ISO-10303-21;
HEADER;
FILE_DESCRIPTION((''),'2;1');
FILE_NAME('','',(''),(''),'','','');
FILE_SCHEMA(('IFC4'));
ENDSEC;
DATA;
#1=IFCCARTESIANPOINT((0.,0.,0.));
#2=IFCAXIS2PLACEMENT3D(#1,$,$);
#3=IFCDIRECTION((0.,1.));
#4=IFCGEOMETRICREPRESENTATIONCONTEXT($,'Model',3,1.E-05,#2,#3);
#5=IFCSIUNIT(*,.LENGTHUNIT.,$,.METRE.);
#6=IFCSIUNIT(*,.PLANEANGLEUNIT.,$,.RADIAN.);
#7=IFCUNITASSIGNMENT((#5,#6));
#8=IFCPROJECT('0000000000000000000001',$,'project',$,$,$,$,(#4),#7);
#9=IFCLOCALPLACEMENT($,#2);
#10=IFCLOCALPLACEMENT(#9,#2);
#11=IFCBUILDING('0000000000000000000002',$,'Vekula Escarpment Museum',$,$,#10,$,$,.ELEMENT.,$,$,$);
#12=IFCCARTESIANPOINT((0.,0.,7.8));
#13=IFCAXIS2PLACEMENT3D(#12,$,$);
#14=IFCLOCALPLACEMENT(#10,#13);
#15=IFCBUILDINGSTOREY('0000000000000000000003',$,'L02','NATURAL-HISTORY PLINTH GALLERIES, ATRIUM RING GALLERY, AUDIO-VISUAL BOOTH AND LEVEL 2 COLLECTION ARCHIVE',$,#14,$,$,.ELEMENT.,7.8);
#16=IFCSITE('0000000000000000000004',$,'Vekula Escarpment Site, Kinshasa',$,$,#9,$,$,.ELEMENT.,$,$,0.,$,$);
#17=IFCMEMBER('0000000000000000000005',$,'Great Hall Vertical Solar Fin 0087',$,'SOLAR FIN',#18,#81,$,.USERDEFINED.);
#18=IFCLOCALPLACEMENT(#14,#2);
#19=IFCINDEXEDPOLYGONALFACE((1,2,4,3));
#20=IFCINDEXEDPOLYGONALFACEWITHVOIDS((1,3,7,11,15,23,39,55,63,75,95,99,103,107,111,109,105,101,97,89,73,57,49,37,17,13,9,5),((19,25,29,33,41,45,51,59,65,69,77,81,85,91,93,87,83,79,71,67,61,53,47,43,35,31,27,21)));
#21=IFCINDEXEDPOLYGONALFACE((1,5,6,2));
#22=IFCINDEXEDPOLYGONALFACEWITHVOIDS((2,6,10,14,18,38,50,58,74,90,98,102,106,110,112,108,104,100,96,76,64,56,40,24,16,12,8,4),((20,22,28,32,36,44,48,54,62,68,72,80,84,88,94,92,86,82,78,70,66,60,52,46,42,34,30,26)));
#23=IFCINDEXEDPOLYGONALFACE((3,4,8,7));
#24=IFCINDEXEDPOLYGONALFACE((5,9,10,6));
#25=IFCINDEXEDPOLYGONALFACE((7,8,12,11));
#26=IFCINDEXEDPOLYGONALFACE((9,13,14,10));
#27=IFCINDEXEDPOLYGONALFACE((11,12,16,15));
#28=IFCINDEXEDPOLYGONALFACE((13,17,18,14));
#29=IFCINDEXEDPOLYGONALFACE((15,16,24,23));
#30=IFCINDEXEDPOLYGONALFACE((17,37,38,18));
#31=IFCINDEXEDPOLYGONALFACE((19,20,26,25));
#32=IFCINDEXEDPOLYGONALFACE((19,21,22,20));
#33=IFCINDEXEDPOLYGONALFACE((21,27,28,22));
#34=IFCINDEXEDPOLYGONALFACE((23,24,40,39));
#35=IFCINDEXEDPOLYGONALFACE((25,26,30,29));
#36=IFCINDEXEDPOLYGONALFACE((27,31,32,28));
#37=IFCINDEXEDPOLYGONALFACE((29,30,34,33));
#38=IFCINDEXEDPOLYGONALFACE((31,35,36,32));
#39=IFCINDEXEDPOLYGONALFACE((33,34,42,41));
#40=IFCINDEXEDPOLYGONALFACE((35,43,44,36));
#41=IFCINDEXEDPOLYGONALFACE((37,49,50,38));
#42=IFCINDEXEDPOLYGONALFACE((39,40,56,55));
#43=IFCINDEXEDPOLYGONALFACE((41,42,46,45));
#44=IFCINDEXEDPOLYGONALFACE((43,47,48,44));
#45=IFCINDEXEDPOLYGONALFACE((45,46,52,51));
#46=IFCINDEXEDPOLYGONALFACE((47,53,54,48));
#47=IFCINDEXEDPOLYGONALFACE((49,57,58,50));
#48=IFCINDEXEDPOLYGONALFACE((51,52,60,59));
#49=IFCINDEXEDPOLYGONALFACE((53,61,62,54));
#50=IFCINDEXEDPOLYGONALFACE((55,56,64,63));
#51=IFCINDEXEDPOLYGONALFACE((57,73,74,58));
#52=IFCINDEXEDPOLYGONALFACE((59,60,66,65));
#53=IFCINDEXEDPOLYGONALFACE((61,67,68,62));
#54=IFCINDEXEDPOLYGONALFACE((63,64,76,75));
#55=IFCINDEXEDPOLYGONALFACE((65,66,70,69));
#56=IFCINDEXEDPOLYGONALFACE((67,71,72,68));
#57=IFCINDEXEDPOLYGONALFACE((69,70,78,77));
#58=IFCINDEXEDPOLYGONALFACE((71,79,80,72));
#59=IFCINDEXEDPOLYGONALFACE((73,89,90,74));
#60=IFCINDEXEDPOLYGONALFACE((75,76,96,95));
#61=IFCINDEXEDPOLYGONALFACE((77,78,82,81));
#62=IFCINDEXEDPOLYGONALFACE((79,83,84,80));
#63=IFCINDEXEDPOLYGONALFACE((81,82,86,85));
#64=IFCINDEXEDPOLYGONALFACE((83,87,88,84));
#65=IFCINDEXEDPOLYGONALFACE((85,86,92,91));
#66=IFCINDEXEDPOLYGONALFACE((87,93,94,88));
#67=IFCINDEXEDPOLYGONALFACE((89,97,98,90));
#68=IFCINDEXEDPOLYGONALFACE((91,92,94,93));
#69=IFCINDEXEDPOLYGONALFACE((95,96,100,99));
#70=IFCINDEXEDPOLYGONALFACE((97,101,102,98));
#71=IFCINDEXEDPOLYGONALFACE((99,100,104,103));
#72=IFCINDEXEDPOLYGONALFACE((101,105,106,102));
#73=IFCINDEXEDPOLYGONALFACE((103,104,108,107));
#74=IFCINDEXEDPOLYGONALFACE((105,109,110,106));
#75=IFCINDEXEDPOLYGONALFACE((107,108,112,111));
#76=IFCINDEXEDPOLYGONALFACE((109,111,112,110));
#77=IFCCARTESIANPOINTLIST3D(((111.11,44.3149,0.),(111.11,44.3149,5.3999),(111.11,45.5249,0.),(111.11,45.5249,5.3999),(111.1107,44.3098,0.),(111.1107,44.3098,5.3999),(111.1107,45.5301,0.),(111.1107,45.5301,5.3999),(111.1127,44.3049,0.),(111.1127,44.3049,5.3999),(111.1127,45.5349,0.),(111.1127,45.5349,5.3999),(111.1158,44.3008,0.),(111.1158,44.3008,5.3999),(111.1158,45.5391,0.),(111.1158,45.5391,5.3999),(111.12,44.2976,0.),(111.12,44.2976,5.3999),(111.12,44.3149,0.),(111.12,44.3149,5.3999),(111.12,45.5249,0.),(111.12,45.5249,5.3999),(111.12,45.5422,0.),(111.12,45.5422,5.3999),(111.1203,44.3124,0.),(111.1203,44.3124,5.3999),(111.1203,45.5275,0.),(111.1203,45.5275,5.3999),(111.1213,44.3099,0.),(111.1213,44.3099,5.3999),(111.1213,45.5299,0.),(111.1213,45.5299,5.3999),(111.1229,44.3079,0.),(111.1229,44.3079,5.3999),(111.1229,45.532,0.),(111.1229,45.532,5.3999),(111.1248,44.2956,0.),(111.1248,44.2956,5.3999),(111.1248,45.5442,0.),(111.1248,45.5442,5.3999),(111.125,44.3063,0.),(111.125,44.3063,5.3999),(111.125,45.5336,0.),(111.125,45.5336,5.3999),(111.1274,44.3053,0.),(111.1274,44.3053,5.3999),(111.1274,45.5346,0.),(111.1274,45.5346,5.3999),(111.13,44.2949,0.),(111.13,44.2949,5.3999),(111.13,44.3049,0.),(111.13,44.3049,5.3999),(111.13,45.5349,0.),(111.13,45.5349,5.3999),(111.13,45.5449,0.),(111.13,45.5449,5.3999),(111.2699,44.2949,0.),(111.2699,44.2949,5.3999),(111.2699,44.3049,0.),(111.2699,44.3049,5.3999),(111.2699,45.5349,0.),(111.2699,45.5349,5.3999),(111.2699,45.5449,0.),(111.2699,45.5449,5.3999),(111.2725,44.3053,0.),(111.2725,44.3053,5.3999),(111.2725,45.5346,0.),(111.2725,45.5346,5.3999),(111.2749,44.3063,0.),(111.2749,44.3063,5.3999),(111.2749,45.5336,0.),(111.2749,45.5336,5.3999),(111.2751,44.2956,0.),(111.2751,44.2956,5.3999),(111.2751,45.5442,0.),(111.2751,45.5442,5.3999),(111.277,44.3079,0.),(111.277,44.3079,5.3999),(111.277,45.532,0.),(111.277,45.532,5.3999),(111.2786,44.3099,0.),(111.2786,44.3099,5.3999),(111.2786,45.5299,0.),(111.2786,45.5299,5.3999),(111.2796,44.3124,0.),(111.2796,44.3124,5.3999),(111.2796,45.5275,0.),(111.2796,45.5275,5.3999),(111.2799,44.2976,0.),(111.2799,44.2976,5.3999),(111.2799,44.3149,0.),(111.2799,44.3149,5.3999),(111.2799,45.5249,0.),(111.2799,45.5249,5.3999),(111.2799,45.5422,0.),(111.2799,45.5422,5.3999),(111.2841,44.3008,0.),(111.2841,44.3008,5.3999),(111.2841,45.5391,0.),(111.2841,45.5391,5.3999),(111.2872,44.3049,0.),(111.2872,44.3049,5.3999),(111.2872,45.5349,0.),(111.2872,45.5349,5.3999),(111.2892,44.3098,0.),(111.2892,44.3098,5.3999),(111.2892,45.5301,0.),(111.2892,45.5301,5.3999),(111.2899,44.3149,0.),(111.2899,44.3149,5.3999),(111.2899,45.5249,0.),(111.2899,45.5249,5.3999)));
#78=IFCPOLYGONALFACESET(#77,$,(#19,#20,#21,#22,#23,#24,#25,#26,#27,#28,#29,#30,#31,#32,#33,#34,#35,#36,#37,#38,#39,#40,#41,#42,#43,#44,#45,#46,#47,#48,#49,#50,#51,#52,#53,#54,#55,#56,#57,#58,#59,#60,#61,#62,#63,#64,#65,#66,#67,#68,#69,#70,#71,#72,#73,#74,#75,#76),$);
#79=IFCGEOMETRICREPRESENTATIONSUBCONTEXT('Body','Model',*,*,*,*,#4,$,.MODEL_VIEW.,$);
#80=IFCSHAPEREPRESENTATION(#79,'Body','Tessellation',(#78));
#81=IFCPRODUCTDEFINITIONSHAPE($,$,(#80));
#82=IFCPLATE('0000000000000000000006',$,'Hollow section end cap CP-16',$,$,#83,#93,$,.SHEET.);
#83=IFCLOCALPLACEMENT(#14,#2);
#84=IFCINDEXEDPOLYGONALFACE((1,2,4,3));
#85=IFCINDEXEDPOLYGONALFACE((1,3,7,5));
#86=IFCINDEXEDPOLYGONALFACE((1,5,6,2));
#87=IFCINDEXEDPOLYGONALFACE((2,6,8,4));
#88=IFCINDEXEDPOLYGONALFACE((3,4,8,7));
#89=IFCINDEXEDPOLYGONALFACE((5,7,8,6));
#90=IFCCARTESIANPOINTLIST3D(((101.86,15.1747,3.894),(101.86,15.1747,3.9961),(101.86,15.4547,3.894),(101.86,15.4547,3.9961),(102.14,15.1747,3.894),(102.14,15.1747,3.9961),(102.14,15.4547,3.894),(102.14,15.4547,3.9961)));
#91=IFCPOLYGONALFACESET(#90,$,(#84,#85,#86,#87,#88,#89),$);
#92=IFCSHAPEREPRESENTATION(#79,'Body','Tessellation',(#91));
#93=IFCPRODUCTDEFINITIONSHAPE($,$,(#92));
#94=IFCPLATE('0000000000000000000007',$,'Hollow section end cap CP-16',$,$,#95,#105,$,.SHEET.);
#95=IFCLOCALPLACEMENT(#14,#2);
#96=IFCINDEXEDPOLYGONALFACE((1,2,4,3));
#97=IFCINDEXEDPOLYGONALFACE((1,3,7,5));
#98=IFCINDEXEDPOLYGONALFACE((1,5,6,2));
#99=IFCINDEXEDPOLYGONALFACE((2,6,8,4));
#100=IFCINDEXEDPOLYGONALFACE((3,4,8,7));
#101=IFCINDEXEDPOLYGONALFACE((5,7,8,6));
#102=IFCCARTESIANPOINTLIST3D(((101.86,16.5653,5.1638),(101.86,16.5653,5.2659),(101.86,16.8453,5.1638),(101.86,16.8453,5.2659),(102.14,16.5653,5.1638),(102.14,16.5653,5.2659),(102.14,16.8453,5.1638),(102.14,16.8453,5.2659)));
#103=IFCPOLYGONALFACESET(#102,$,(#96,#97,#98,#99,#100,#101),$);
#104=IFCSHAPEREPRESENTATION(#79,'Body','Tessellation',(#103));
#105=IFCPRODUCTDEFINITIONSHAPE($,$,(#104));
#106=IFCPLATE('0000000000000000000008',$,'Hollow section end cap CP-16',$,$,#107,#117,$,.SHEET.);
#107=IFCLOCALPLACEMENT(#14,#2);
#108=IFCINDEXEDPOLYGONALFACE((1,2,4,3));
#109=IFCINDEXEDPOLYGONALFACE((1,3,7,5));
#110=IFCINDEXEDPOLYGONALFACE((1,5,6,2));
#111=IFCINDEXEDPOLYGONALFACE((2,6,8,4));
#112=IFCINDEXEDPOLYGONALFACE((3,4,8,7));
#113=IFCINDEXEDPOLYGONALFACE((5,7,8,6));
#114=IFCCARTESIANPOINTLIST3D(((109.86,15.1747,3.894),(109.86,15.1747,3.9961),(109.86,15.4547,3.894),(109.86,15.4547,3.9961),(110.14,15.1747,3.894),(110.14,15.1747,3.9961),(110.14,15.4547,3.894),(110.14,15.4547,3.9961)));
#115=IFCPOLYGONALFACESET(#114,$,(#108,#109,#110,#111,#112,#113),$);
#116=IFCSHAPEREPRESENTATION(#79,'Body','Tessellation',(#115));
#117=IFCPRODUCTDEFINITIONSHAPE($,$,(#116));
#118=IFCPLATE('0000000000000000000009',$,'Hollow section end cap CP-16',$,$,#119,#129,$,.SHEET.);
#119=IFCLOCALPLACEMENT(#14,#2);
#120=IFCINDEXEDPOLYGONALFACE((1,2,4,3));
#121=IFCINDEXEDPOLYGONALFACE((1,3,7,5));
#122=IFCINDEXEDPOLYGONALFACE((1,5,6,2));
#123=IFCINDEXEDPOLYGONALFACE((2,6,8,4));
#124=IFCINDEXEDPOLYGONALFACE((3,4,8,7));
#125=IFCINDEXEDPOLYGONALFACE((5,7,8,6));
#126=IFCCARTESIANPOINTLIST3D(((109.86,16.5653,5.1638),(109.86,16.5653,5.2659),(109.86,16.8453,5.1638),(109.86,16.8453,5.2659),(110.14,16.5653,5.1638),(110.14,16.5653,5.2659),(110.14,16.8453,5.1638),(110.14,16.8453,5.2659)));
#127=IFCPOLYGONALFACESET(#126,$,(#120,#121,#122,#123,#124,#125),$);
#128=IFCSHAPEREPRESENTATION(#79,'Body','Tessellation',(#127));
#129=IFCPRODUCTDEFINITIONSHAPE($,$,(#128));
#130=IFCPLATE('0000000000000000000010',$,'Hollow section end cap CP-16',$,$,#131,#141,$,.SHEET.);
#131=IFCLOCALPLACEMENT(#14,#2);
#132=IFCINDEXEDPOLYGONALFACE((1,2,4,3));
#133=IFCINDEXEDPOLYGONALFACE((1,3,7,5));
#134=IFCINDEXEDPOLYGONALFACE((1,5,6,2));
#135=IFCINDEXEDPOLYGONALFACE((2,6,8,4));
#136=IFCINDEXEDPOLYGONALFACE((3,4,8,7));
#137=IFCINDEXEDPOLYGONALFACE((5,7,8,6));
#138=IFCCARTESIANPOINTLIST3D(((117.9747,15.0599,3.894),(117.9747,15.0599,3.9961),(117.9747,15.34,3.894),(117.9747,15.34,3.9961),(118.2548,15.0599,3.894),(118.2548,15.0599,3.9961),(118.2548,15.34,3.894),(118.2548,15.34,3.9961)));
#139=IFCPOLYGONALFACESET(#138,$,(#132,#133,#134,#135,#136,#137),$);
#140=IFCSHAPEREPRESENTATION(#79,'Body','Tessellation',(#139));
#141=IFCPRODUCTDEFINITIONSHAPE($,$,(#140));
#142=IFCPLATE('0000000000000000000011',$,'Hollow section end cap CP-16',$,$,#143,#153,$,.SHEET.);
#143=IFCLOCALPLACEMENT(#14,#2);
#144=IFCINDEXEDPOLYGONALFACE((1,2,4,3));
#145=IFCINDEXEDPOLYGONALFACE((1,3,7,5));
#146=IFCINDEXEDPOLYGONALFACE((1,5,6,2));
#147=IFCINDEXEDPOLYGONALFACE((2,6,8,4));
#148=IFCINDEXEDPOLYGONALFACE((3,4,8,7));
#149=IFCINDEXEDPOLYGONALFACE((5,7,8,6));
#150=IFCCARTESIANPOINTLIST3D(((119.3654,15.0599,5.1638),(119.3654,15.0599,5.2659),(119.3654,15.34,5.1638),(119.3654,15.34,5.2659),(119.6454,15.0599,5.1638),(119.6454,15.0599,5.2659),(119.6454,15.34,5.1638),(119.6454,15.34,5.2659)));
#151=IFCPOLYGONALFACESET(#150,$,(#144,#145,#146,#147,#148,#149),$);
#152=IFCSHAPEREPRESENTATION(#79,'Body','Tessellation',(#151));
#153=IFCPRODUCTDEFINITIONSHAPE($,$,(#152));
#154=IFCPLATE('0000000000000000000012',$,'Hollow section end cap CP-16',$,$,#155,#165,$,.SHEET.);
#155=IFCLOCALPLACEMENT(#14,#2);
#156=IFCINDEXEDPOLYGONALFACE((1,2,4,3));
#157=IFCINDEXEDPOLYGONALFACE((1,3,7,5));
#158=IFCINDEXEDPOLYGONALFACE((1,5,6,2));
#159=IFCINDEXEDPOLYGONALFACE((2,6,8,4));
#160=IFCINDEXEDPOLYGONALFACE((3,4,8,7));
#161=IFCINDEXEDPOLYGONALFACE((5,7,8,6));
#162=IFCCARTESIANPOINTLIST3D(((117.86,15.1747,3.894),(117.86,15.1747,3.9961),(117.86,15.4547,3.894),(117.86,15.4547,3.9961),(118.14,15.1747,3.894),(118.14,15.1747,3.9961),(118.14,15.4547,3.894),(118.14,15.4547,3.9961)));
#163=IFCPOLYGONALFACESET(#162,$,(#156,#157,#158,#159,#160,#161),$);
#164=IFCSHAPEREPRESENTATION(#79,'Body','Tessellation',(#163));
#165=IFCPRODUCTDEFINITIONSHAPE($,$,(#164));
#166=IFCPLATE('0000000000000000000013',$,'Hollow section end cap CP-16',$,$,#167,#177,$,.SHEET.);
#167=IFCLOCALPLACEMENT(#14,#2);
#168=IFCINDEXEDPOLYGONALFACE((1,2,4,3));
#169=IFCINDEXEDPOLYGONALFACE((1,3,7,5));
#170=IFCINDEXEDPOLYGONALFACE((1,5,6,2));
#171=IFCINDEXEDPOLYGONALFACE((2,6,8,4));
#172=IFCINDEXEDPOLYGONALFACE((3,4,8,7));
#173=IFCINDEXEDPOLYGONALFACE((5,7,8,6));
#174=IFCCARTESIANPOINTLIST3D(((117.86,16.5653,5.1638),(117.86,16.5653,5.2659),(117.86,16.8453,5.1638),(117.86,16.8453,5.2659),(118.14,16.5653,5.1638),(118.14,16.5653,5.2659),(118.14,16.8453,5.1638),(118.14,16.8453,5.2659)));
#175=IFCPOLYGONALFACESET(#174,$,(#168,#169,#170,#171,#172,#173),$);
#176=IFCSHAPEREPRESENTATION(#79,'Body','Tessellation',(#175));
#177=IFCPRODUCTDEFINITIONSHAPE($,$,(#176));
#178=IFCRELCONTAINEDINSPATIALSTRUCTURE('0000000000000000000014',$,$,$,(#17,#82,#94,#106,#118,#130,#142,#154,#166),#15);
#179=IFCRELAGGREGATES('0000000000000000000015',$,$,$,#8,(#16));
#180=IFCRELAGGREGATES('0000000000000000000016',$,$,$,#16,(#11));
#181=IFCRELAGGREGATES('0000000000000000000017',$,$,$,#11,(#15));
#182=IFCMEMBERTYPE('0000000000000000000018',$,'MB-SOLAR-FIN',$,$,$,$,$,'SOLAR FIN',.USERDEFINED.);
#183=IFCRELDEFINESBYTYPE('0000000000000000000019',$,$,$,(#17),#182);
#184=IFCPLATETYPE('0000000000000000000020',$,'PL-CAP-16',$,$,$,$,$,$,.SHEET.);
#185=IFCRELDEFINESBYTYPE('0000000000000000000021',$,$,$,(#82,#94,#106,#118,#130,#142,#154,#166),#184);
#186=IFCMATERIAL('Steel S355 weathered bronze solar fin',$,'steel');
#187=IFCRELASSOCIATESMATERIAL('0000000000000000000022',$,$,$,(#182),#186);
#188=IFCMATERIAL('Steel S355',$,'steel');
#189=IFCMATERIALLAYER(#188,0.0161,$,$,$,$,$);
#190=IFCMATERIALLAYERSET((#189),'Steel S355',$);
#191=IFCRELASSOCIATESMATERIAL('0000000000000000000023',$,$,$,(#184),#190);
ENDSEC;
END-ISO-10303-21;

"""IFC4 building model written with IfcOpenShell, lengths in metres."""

from ifc_helpers import new_model, si_unit, direction, frame, origin, origin_2d, place, context, subcontext, project, spatial, rectangle, hollow_rectangle, extrude, material, layer, layer_set, material_profile, profile_set, type_object, element, save


model = new_model("IFC4")

# Units and contexts
model_context = context("Model", 3, precision=1e-05, world=origin(), true_north=direction((0.0, 1.0)))
body_context = subcontext(model_context, "Body", "Model", "MODEL_VIEW")
ifc_project = project(units=[si_unit("LENGTHUNIT", "METRE"), si_unit("PLANEANGLEUNIT", "RADIAN")], contexts=[model_context])

# Site, building, storey
site_placement = place(None, origin())
site = spatial("IfcSite", under=ifc_project, at=site_placement, Name="Vekula Escarpment Site, Kinshasa", CompositionType="ELEMENT", RefElevation=0.0)
building_placement = place(site_placement, origin())
building = spatial("IfcBuilding", under=site, at=building_placement, Name="Vekula Escarpment Museum", CompositionType="ELEMENT")
storey_placement = place(building_placement, frame((0.0, 0.0, 7.8)))
storey = spatial("IfcBuildingStorey", under=building, at=storey_placement, Name="L02", Description="NATURAL-HISTORY PLINTH GALLERIES, ATRIUM RING GALLERY, AUDIO-VISUAL BOOTH AND LEVEL 2 COLLECTION ARCHIVE", CompositionType="ELEMENT", Elevation=7.8)

# Member
ifc_material_1 = material(Name="Steel S355 weathered bronze solar fin", Category="steel")
ifc_material_profile_1 = material_profile(ifc_material_1, hollow_rectangle(XDim=0.1799, YDim=1.25, WallThickness=0.01, InnerFilletRadius=0.01, OuterFilletRadius=0.02, at=origin_2d()), Name="RHS 1250x180x10")
ifc_profile_set_1 = profile_set([ifc_material_profile_1], Name="Steel S355 weathered bronze solar fin")
member_type_1 = type_object("IfcMemberType", Name="MB-SOLAR-FIN", ElementType="SOLAR FIN", PredefinedType="USERDEFINED", material=ifc_profile_set_1)
for number, where, z_axis, x_axis, name in (
    (1, (111.2, 44.9199, 0.0), (0.0, 0.0, 1.0), (1.0, 0.0, 0.0), "Great Hall Vertical Solar Fin 0087"),
):
    element("IfcMember", number, at=place(storey_placement, frame(where, z_axis=z_axis, x_axis=x_axis)), inside=storey, type_object=member_type_1, Name=name, ObjectType="SOLAR FIN", PredefinedType="USERDEFINED", context=body_context, shape_type="SweptSolid", body=[
        extrude(hollow_rectangle(XDim=0.1799, YDim=1.25, WallThickness=0.01, InnerFilletRadius=0.01, OuterFilletRadius=0.02, at=origin_2d()), origin(), (0.0, 0.0, 1.0), 5.3999),
    ])

# Plates
ifc_material_2 = material(Name="Steel S355", Category="steel")
ifc_layer_1 = layer(ifc_material_2, 0.0161)
ifc_layer_set_1 = layer_set([ifc_layer_1], Name="Steel S355")
plate_type = type_object("IfcPlateType", Name="PL-CAP-16", PredefinedType="SHEET", material=ifc_layer_set_1)
for number, where, z_axis, x_axis, name in (
    (2, (102.0, 15.3147, 3.894), (0.0, 0.0, 1.0), (1.0, 0.0, 0.0), "Hollow section end cap CP-16"),
    (3, (102.0, 16.7053, 5.1638), (0.0, 0.0, 1.0), (1.0, 0.0, 0.0), "Hollow section end cap CP-16"),
    (4, (110.0, 15.3147, 3.894), (0.0, 0.0, 1.0), (1.0, 0.0, 0.0), "Hollow section end cap CP-16"),
    (5, (110.0, 16.7053, 5.1638), (0.0, 0.0, 1.0), (1.0, 0.0, 0.0), "Hollow section end cap CP-16"),
    (6, (118.1147, 15.2, 3.894), (0.0, 0.0, 1.0), (1.0, 0.0, 0.0), "Hollow section end cap CP-16"),
    (7, (119.5054, 15.2, 5.1638), (0.0, 0.0, 1.0), (1.0, 0.0, 0.0), "Hollow section end cap CP-16"),
    (8, (118.0, 15.3147, 3.894), (0.0, 0.0, 1.0), (1.0, 0.0, 0.0), "Hollow section end cap CP-16"),
    (9, (118.0, 16.7053, 5.1638), (0.0, 0.0, 1.0), (1.0, 0.0, 0.0), "Hollow section end cap CP-16"),
):
    element("IfcPlate", number, at=place(storey_placement, frame(where, z_axis=z_axis, x_axis=x_axis)), inside=storey, type_object=plate_type, Name=name, PredefinedType="SHEET", context=body_context, shape_type="SweptSolid", body=[
        extrude(rectangle(XDim=0.28, YDim=0.28, at=origin_2d()), origin(), (0.0, 0.0, 1.0), 0.1021),
    ])

save(model, "model.ifc")
